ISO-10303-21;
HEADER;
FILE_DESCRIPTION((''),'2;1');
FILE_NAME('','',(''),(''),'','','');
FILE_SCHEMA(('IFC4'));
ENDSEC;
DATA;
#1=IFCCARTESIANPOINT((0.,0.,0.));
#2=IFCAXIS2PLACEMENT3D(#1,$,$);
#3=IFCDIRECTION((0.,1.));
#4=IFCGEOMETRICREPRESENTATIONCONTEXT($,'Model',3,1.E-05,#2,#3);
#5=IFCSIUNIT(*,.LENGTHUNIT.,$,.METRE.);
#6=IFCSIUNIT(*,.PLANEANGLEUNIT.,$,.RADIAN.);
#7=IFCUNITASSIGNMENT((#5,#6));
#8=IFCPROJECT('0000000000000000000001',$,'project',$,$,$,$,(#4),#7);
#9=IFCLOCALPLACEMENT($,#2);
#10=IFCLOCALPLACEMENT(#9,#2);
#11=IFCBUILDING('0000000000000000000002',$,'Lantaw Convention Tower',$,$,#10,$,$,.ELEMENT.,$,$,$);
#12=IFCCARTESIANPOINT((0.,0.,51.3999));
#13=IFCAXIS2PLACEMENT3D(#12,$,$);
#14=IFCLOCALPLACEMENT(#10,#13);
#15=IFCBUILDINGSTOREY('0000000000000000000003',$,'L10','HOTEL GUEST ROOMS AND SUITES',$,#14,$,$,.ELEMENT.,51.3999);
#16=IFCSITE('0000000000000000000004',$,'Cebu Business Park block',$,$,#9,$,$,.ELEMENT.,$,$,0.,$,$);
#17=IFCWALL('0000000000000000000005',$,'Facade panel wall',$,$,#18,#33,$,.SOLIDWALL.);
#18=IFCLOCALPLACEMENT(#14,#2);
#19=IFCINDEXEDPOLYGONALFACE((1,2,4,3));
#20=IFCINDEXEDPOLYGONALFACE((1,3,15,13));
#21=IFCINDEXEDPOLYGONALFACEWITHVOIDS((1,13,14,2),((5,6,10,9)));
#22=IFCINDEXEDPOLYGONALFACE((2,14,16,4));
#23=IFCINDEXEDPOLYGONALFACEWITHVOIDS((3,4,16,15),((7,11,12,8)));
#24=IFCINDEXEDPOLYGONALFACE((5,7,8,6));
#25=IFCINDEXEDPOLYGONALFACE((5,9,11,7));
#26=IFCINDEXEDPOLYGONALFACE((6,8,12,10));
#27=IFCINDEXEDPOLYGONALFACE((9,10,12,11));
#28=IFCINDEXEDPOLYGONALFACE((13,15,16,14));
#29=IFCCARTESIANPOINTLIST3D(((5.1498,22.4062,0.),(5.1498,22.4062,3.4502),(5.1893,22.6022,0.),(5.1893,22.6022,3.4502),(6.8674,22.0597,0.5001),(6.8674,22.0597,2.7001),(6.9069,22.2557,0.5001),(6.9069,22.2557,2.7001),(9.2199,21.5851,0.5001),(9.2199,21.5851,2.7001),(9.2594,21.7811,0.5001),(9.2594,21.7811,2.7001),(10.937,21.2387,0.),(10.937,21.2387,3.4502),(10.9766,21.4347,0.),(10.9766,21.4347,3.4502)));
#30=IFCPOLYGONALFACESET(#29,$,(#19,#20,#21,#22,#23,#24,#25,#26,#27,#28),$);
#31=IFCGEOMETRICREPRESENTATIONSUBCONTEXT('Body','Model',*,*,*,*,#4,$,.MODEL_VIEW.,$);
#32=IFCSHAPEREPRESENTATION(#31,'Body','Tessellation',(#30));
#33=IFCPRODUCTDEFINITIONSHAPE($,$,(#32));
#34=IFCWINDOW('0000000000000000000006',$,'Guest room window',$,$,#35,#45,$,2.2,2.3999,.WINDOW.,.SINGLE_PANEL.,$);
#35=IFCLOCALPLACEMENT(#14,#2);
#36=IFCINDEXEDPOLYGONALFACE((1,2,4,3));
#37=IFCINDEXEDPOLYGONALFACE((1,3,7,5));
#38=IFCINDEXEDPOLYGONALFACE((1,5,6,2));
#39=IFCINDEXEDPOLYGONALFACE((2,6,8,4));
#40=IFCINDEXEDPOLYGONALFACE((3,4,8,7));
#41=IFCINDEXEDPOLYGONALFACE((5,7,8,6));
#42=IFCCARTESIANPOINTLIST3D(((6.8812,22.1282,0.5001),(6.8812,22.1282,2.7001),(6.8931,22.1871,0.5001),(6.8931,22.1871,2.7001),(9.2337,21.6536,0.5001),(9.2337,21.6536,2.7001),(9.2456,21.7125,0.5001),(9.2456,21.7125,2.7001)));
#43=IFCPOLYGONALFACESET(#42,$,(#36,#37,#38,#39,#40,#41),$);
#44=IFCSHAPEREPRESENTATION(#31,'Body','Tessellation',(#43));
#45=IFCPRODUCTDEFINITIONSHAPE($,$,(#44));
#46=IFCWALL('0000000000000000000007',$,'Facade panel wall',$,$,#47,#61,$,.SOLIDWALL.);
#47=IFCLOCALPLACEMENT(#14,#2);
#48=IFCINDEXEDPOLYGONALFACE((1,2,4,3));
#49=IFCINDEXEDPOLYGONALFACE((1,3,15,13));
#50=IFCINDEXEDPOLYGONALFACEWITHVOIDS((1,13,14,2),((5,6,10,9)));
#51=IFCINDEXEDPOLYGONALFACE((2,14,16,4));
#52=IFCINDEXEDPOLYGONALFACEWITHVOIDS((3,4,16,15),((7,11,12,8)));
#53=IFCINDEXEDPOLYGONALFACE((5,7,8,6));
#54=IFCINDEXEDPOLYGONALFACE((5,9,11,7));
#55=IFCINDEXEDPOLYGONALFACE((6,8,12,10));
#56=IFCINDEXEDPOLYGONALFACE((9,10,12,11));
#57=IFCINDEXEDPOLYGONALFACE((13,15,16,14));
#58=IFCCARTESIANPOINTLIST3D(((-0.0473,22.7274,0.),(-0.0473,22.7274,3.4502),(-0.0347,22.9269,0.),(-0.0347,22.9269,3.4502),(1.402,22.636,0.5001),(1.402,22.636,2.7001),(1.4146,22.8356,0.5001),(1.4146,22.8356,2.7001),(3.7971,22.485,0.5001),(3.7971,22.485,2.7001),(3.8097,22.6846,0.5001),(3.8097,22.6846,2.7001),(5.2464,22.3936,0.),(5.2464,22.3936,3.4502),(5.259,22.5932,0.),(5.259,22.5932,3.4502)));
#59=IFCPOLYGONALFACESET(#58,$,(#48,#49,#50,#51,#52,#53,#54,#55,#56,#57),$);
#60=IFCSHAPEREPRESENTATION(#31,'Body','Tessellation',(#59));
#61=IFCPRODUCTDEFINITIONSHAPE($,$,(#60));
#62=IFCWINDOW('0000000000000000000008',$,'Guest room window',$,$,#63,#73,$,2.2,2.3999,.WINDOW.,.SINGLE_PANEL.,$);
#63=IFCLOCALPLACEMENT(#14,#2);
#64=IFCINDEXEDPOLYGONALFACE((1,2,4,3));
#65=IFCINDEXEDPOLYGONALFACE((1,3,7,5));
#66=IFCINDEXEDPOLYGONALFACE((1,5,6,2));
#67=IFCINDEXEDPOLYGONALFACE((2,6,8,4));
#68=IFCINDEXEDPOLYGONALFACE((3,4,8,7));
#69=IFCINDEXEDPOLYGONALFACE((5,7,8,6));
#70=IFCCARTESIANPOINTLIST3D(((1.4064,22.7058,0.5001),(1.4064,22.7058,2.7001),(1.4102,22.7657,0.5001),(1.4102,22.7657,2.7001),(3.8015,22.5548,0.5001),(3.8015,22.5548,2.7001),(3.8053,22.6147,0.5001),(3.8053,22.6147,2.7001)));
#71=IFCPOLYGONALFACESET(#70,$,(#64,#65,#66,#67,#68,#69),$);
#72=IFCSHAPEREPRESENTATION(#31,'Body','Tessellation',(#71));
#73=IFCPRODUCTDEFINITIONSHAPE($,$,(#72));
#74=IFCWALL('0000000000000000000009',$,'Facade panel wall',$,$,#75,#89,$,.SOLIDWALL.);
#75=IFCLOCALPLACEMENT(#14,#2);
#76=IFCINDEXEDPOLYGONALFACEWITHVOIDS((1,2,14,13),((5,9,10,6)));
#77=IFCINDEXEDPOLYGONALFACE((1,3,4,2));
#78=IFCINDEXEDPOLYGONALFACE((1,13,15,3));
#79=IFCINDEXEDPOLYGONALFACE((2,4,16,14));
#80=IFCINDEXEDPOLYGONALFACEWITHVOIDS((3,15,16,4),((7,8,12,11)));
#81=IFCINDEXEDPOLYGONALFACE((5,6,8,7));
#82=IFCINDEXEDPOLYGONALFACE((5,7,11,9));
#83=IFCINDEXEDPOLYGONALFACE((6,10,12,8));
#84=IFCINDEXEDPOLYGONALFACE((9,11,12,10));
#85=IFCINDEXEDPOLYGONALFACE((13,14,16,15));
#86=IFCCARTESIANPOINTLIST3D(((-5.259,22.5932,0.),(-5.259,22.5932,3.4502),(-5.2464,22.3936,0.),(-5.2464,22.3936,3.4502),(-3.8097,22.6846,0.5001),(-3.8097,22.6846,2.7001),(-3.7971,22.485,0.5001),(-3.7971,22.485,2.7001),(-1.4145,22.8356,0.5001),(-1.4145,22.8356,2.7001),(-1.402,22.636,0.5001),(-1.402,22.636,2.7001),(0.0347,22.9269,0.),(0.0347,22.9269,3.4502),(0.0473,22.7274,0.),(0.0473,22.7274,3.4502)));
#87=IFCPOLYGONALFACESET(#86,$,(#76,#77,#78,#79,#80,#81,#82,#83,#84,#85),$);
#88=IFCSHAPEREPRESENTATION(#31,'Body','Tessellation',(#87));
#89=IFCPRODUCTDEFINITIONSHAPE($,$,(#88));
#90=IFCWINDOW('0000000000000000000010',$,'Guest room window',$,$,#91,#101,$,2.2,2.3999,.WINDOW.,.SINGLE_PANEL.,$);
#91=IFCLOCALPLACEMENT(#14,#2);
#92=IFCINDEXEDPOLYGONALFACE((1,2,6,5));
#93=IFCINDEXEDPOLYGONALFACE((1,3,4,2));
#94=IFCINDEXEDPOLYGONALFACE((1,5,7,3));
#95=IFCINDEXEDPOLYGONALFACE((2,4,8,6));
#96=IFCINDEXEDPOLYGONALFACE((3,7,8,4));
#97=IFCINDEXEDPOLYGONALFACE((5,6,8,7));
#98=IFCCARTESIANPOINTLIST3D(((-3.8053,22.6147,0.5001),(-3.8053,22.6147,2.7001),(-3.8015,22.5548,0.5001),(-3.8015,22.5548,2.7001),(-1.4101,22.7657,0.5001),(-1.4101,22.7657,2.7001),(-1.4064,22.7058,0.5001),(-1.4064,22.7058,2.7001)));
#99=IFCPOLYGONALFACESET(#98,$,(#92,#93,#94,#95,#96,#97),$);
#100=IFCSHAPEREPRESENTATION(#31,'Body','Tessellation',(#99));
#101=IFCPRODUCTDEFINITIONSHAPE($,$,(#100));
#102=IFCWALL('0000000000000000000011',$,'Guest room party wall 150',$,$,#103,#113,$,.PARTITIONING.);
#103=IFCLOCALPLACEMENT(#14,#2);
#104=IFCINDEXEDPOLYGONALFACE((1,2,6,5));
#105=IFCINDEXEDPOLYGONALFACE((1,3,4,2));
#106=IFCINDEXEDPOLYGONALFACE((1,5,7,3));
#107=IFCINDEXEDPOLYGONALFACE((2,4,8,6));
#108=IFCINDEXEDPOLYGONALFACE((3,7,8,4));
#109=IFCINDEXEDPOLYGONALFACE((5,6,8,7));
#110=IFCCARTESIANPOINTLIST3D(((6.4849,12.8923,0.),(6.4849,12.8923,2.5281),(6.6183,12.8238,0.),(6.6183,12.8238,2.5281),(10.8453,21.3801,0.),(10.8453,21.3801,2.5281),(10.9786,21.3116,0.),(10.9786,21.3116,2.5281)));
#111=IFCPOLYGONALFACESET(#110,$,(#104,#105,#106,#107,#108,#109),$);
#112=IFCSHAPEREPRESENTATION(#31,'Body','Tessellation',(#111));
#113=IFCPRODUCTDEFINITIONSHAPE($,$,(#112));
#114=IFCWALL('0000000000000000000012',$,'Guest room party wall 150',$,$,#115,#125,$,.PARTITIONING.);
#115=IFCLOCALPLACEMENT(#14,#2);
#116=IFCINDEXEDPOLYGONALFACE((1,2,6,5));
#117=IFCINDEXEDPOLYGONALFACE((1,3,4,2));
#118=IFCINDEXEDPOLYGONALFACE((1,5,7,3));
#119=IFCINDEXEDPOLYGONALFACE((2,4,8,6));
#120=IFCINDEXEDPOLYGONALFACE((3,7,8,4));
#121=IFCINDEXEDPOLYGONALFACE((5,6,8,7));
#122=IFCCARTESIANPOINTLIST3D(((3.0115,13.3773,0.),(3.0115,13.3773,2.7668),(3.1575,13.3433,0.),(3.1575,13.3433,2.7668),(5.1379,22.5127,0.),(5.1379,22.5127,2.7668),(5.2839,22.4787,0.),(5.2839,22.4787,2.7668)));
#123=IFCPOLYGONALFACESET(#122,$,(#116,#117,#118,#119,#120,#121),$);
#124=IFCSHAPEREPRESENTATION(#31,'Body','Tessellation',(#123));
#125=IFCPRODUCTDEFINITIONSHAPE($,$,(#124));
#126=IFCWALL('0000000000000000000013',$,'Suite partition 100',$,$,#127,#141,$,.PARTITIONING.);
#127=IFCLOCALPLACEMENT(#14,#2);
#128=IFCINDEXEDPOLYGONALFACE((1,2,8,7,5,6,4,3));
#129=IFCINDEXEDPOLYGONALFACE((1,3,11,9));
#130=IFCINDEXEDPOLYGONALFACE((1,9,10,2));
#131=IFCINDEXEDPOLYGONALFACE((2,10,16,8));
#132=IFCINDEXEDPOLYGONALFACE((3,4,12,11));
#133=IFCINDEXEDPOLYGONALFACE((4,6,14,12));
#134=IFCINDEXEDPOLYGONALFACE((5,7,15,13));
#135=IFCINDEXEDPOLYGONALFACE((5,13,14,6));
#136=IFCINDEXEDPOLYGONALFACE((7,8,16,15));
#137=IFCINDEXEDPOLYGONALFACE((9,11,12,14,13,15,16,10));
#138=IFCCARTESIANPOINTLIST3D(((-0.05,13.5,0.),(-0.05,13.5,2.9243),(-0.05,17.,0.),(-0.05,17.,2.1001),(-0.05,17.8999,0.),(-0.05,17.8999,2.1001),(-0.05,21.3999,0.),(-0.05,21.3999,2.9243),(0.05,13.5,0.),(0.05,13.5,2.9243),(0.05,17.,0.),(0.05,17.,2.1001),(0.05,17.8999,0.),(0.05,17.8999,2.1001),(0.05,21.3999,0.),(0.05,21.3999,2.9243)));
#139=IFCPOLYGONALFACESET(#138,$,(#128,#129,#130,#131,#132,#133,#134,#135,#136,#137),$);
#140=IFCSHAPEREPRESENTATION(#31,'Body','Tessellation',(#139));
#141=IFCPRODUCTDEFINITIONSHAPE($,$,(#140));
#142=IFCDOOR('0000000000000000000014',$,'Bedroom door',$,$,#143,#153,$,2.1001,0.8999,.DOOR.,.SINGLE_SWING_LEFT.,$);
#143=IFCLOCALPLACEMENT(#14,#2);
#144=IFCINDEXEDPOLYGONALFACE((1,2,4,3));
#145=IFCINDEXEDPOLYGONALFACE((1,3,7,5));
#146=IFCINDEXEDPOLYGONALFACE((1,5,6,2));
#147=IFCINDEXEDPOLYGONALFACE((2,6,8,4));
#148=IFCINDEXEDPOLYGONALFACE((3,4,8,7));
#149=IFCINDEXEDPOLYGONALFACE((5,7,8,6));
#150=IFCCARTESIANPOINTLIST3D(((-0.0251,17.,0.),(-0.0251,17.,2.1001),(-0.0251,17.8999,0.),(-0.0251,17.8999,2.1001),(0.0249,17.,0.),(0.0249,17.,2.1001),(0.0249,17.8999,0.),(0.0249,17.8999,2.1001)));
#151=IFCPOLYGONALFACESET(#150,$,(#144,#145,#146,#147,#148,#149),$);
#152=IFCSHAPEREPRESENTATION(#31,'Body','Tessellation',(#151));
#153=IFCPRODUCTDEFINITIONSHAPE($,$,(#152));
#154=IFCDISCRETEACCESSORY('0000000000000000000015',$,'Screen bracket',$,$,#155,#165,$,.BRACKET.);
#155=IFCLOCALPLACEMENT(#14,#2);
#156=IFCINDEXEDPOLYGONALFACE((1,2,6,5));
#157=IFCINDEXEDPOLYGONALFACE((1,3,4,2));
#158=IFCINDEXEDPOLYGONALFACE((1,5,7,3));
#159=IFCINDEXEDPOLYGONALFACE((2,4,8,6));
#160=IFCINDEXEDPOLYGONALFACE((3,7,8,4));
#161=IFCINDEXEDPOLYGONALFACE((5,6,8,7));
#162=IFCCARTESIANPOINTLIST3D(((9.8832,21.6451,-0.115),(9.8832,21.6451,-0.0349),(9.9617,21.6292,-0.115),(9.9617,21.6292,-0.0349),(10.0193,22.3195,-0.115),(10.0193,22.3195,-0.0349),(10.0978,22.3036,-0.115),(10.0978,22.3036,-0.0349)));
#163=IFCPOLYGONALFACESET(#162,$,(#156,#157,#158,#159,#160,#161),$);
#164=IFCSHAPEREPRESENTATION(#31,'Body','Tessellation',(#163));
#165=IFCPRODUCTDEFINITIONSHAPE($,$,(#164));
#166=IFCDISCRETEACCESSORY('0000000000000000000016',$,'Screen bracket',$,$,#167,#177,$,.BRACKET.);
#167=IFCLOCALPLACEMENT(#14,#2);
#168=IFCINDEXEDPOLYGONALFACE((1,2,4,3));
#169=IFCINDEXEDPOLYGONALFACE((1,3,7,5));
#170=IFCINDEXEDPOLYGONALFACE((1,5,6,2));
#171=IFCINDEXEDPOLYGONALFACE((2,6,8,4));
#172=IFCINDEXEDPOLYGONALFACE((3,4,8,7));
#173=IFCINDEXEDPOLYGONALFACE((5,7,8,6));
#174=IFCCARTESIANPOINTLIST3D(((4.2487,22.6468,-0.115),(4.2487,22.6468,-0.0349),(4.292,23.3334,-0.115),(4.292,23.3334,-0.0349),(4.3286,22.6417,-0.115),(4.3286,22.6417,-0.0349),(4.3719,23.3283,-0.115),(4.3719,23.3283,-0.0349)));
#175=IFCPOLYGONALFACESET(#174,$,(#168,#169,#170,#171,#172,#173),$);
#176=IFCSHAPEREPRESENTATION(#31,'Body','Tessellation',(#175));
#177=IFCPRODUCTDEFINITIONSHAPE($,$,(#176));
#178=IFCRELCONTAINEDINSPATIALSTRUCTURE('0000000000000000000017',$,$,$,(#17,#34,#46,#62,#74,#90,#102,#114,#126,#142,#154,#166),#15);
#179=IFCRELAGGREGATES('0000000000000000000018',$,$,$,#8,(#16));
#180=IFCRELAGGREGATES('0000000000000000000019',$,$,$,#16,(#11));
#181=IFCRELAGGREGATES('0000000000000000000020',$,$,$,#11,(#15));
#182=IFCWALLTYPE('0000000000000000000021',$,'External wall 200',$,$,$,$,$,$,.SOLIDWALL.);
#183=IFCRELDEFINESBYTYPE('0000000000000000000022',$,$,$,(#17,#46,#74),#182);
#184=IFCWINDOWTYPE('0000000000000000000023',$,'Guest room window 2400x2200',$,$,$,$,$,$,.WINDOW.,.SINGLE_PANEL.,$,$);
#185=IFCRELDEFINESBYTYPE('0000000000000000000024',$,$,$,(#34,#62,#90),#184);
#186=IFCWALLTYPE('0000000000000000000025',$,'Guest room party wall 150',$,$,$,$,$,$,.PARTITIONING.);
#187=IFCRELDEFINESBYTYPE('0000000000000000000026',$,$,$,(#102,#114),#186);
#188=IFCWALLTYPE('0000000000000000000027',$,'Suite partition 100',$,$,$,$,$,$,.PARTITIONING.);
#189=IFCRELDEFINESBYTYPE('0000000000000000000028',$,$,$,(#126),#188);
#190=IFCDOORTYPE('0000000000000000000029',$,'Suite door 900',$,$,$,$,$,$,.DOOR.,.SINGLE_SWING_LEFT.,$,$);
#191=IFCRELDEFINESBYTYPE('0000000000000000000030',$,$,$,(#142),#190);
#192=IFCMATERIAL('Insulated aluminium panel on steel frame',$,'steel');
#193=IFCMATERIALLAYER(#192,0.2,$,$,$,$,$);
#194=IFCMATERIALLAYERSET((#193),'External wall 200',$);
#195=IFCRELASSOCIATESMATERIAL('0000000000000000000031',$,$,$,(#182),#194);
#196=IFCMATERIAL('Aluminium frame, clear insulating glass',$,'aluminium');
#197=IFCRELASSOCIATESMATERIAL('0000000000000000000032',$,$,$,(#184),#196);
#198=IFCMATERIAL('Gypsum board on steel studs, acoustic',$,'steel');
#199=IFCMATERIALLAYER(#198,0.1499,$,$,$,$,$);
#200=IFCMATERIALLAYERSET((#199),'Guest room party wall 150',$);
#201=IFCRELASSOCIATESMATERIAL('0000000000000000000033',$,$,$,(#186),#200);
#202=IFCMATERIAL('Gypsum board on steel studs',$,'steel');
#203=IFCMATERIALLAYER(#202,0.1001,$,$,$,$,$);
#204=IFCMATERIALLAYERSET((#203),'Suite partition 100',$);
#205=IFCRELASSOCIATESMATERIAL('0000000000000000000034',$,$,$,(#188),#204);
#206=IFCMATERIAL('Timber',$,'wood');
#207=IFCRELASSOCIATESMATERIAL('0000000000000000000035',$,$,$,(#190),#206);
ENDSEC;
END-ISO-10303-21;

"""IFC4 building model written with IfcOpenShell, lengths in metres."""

from ifc_helpers import new_model, si_unit, direction, frame, frame_2d, origin, origin_2d, place, context, subcontext, project, spatial, rectangle, extrude, material, layer, layer_set, type_object, element, fill, save


model = new_model("IFC4")

# Units and contexts
model_context = context("Model", 3, precision=1e-05, world=origin(), true_north=direction((0.0, 1.0)))
body_context = subcontext(model_context, "Body", "Model", "MODEL_VIEW")
ifc_project = project(units=[si_unit("LENGTHUNIT", "METRE"), si_unit("PLANEANGLEUNIT", "RADIAN")], contexts=[model_context])

# Site, building, storey
site_placement = place(None, origin())
site = spatial("IfcSite", under=ifc_project, at=site_placement, Name="Cebu Business Park block", CompositionType="ELEMENT", RefElevation=0.0)
building_placement = place(site_placement, origin())
building = spatial("IfcBuilding", under=site, at=building_placement, Name="Lantaw Convention Tower", CompositionType="ELEMENT")
storey_placement = place(building_placement, frame((0.0, 0.0, 51.3999)))
storey = spatial("IfcBuildingStorey", under=building, at=storey_placement, Name="L10", Description="HOTEL GUEST ROOMS AND SUITES", CompositionType="ELEMENT", Elevation=51.3999)

# Walls, openings, windows
ifc_material_1 = material(Name="Insulated aluminium panel on steel frame", Category="steel")
ifc_layer_1 = layer(ifc_material_1, 0.2)
ifc_layer_set_1 = layer_set([ifc_layer_1], Name="External wall 200")
wall_type_1 = type_object("IfcWallType", Name="External wall 200", PredefinedType="SOLIDWALL", material=ifc_layer_set_1)
wall_1_placement = place(storey_placement, frame((10.9568, 21.3367, 0.0), z_axis=(0.0, 0.0, 1.0), x_axis=(-0.980252, 0.197754, 0.0)))
wall_1 = element("IfcWall", 1, at=wall_1_placement, inside=storey, type_object=wall_type_1, Name="Facade panel wall", PredefinedType="SOLIDWALL", context=body_context, shape_type="SweptSolid", body=[
    extrude(rectangle(XDim=5.9038, YDim=0.2, at=frame_2d((2.9519, 0.0))), origin(), (0.0, 0.0, 1.0), 3.4502),
])
opening_1_placement = place(wall_1_placement, frame((1.7517, 0.0, 0.5)))
opening_1 = element("IfcOpeningElement", 2, at=opening_1_placement, cuts=wall_1, PredefinedType="OPENING", context=body_context, shape_type="SweptSolid", body=[
    extrude(rectangle(XDim=2.3999, YDim=2.2, at=frame_2d((1.2, 1.1001))), frame((0.0, 0.1099, 0.0), z_axis=(0.0, -1.0, 0.0), x_axis=(1.0, 0.0, 0.0)), (0.0, 0.0, 1.0), 0.22),
])
ifc_material_2 = material(Name="Aluminium frame, clear insulating glass", Category="aluminium")
window_type = type_object("IfcWindowType", Name="Guest room window 2400x2200", PartitioningType="SINGLE_PANEL", PredefinedType="WINDOW", material=ifc_material_2)
window_1_placement = place(opening_1_placement, origin())
window_1 = element("IfcWindow", 3, at=window_1_placement, inside=storey, type_object=window_type, Name="Guest room window", OverallHeight=2.2, OverallWidth=2.3999, PartitioningType="SINGLE_PANEL", PredefinedType="WINDOW", context=body_context, shape_type="SweptSolid", body=[
    extrude(rectangle(XDim=2.3999, YDim=2.2, at=frame_2d((1.2, 1.1001))), frame((0.0, 0.03, 0.0), z_axis=(0.0, -1.0, 0.0), x_axis=(1.0, 0.0, 0.0)), (0.0, 0.0, 1.0), 0.0601),
])
fill(opening_1, window_1)
wall_2_placement = place(storey_placement, frame((5.2527, 22.4934, 0.0), z_axis=(0.0, 0.0, 1.0), x_axis=(-0.998019, 0.06292, 0.0)))
wall_2 = element("IfcWall", 4, at=wall_2_placement, inside=storey, type_object=wall_type_1, Name="Facade panel wall", PredefinedType="SOLIDWALL", context=body_context, shape_type="SweptSolid", body=[
    extrude(rectangle(XDim=5.3042, YDim=0.2, at=frame_2d((2.6521, 0.0))), origin(), (0.0, 0.0, 1.0), 3.4502),
])
opening_2_placement = place(wall_2_placement, frame((1.4521, 0.0, 0.5)))
opening_2 = element("IfcOpeningElement", 5, at=opening_2_placement, cuts=wall_2, PredefinedType="OPENING", context=body_context, shape_type="SweptSolid", body=[
    extrude(rectangle(XDim=2.3999, YDim=2.2, at=frame_2d((1.2, 1.1001))), frame((0.0, 0.1099, 0.0), z_axis=(0.0, -1.0, 0.0), x_axis=(1.0, 0.0, 0.0)), (0.0, 0.0, 1.0), 0.22),
])
window_2_placement = place(opening_2_placement, origin())
window_2 = element("IfcWindow", 6, at=window_2_placement, inside=storey, type_object=window_type, Name="Guest room window", OverallHeight=2.2, OverallWidth=2.3999, PartitioningType="SINGLE_PANEL", PredefinedType="WINDOW", context=body_context, shape_type="SweptSolid", body=[
    extrude(rectangle(XDim=2.3999, YDim=2.2, at=frame_2d((1.2, 1.1001))), frame((0.0, 0.03, 0.0), z_axis=(0.0, -1.0, 0.0), x_axis=(1.0, 0.0, 0.0)), (0.0, 0.0, 1.0), 0.0601),
])
fill(opening_2, window_2)
wall_3_placement = place(storey_placement, frame((0.041, 22.8271, 0.0), z_axis=(0.0, 0.0, 1.0), x_axis=(-0.998019, -0.06292, 0.0)))
wall_3 = element("IfcWall", 7, at=wall_3_placement, inside=storey, type_object=wall_type_1, Name="Facade panel wall", PredefinedType="SOLIDWALL", context=body_context, shape_type="SweptSolid", body=[
    extrude(rectangle(XDim=5.3042, YDim=0.2, at=frame_2d((2.6521, 0.0))), origin(), (0.0, 0.0, 1.0), 3.4502),
])
opening_3_placement = place(wall_3_placement, frame((1.4521, 0.0, 0.5)))
opening_3 = element("IfcOpeningElement", 8, at=opening_3_placement, cuts=wall_3, PredefinedType="OPENING", context=body_context, shape_type="SweptSolid", body=[
    extrude(rectangle(XDim=2.3999, YDim=2.2, at=frame_2d((1.2, 1.1001))), frame((0.0, 0.1099, 0.0), z_axis=(0.0, -1.0, 0.0), x_axis=(1.0, 0.0, 0.0)), (0.0, 0.0, 1.0), 0.22),
])
window_3_placement = place(opening_3_placement, origin())
window_3 = element("IfcWindow", 9, at=window_3_placement, inside=storey, type_object=window_type, Name="Guest room window", OverallHeight=2.2, OverallWidth=2.3999, PartitioningType="SINGLE_PANEL", PredefinedType="WINDOW", context=body_context, shape_type="SweptSolid", body=[
    extrude(rectangle(XDim=2.3999, YDim=2.2, at=frame_2d((1.2, 1.1001))), frame((0.0, 0.03, 0.0), z_axis=(0.0, -1.0, 0.0), x_axis=(1.0, 0.0, 0.0)), (0.0, 0.0, 1.0), 0.0601),
])
fill(opening_3, window_3)

# Walls
ifc_material_3 = material(Name="Gypsum board on steel studs, acoustic", Category="steel")
ifc_layer_2 = layer(ifc_material_3, 0.1499)
ifc_layer_set_2 = layer_set([ifc_layer_2], Name="Guest room party wall 150")
wall_type_2 = type_object("IfcWallType", Name="Guest room party wall 150", PredefinedType="PARTITIONING", material=ifc_layer_set_2)
wall_4_placement = place(storey_placement, frame((10.9119, 21.3457, 0.0), z_axis=(0.0, 0.0, 1.0), x_axis=(-0.45695, -0.889492, 0.0)))
element("IfcWall", 10, at=wall_4_placement, inside=storey, type_object=wall_type_2, Name="Guest room party wall 150", PredefinedType="PARTITIONING", context=body_context, shape_type="SweptSolid", body=[
    extrude(rectangle(XDim=9.5422, YDim=0.1499, at=frame_2d((4.771, 0.0))), origin(), (0.0, 0.0, 1.0), 2.5281),
])
wall_5_placement = place(storey_placement, frame((5.2109, 22.4958, 0.0), z_axis=(0.0, 0.0, 1.0), x_axis=(-0.226709, -0.973963, 0.0)))
element("IfcWall", 11, at=wall_5_placement, inside=storey, type_object=wall_type_2, Name="Guest room party wall 150", PredefinedType="PARTITIONING", context=body_context, shape_type="SweptSolid", body=[
    extrude(rectangle(XDim=9.3796, YDim=0.1499, at=frame_2d((4.6899, 0.0))), origin(), (0.0, 0.0, 1.0), 2.7668),
])

# Wall, opening, door
ifc_material_4 = material(Name="Gypsum board on steel studs", Category="steel")
ifc_layer_3 = layer(ifc_material_4, 0.1001)
ifc_layer_set_3 = layer_set([ifc_layer_3], Name="Suite partition 100")
wall_type_3 = type_object("IfcWallType", Name="Suite partition 100", PredefinedType="PARTITIONING", material=ifc_layer_set_3)
wall_6_placement = place(storey_placement, frame((0.0, 21.3999, 0.0), z_axis=(0.0, 0.0, 1.0), x_axis=(0.0, -1.0, 0.0)))
wall_6 = element("IfcWall", 12, at=wall_6_placement, inside=storey, type_object=wall_type_3, Name="Suite partition 100", PredefinedType="PARTITIONING", context=body_context, shape_type="SweptSolid", body=[
    extrude(rectangle(XDim=7.8999, YDim=0.1001, at=frame_2d((3.95, 0.0))), origin(), (0.0, 0.0, 1.0), 2.9243),
])
opening_4_placement = place(wall_6_placement, frame((3.5, 0.0, 0.0)))
opening_4 = element("IfcOpeningElement", 13, at=opening_4_placement, cuts=wall_6, PredefinedType="OPENING", context=body_context, shape_type="SweptSolid", body=[
    extrude(rectangle(XDim=0.8999, YDim=2.1001, at=frame_2d((0.45, 1.05))), frame((0.0, 0.0601, 0.0), z_axis=(0.0, -1.0, 0.0), x_axis=(1.0, 0.0, 0.0)), (0.0, 0.0, 1.0), 0.1201),
])
ifc_material_5 = material(Name="Timber", Category="wood")
door_type = type_object("IfcDoorType", Name="Suite door 900", OperationType="SINGLE_SWING_LEFT", PredefinedType="DOOR", material=ifc_material_5)
door_placement = place(opening_4_placement, origin())
door = element("IfcDoor", 14, at=door_placement, inside=storey, type_object=door_type, Name="Bedroom door", OperationType="SINGLE_SWING_LEFT", OverallHeight=2.1001, OverallWidth=0.8999, PredefinedType="DOOR", context=body_context, shape_type="SweptSolid", body=[
    extrude(rectangle(XDim=0.8999, YDim=2.1001, at=frame_2d((0.45, 1.05))), frame((0.0, 0.0249, 0.0), z_axis=(0.0, -1.0, 0.0), x_axis=(1.0, 0.0, 0.0)), (0.0, 0.0, 1.0), 0.05),
])
fill(opening_4, door)

# Discrete accessories
for number, where, z_axis, x_axis, name in (
    (15, (9.9905, 21.9744, -0.115), (0.0, 0.0, 1.0), (-0.980245, 0.197789, 0.0), "Screen bracket"),
    (16, (4.3103, 22.9875, -0.115), (0.0, 0.0, 1.0), (-0.998016, 0.062958, 0.0), "Screen bracket"),
):
    element("IfcDiscreteAccessory", number, at=place(storey_placement, frame(where, z_axis=z_axis, x_axis=x_axis)), inside=storey, Name=name, PredefinedType="BRACKET", context=body_context, shape_type="SweptSolid", body=[
        extrude(rectangle(XDim=0.0801, YDim=0.688, at=origin_2d()), origin(), (0.0, 0.0, 1.0), 0.0801),
    ])

save(model, "model.ifc")
